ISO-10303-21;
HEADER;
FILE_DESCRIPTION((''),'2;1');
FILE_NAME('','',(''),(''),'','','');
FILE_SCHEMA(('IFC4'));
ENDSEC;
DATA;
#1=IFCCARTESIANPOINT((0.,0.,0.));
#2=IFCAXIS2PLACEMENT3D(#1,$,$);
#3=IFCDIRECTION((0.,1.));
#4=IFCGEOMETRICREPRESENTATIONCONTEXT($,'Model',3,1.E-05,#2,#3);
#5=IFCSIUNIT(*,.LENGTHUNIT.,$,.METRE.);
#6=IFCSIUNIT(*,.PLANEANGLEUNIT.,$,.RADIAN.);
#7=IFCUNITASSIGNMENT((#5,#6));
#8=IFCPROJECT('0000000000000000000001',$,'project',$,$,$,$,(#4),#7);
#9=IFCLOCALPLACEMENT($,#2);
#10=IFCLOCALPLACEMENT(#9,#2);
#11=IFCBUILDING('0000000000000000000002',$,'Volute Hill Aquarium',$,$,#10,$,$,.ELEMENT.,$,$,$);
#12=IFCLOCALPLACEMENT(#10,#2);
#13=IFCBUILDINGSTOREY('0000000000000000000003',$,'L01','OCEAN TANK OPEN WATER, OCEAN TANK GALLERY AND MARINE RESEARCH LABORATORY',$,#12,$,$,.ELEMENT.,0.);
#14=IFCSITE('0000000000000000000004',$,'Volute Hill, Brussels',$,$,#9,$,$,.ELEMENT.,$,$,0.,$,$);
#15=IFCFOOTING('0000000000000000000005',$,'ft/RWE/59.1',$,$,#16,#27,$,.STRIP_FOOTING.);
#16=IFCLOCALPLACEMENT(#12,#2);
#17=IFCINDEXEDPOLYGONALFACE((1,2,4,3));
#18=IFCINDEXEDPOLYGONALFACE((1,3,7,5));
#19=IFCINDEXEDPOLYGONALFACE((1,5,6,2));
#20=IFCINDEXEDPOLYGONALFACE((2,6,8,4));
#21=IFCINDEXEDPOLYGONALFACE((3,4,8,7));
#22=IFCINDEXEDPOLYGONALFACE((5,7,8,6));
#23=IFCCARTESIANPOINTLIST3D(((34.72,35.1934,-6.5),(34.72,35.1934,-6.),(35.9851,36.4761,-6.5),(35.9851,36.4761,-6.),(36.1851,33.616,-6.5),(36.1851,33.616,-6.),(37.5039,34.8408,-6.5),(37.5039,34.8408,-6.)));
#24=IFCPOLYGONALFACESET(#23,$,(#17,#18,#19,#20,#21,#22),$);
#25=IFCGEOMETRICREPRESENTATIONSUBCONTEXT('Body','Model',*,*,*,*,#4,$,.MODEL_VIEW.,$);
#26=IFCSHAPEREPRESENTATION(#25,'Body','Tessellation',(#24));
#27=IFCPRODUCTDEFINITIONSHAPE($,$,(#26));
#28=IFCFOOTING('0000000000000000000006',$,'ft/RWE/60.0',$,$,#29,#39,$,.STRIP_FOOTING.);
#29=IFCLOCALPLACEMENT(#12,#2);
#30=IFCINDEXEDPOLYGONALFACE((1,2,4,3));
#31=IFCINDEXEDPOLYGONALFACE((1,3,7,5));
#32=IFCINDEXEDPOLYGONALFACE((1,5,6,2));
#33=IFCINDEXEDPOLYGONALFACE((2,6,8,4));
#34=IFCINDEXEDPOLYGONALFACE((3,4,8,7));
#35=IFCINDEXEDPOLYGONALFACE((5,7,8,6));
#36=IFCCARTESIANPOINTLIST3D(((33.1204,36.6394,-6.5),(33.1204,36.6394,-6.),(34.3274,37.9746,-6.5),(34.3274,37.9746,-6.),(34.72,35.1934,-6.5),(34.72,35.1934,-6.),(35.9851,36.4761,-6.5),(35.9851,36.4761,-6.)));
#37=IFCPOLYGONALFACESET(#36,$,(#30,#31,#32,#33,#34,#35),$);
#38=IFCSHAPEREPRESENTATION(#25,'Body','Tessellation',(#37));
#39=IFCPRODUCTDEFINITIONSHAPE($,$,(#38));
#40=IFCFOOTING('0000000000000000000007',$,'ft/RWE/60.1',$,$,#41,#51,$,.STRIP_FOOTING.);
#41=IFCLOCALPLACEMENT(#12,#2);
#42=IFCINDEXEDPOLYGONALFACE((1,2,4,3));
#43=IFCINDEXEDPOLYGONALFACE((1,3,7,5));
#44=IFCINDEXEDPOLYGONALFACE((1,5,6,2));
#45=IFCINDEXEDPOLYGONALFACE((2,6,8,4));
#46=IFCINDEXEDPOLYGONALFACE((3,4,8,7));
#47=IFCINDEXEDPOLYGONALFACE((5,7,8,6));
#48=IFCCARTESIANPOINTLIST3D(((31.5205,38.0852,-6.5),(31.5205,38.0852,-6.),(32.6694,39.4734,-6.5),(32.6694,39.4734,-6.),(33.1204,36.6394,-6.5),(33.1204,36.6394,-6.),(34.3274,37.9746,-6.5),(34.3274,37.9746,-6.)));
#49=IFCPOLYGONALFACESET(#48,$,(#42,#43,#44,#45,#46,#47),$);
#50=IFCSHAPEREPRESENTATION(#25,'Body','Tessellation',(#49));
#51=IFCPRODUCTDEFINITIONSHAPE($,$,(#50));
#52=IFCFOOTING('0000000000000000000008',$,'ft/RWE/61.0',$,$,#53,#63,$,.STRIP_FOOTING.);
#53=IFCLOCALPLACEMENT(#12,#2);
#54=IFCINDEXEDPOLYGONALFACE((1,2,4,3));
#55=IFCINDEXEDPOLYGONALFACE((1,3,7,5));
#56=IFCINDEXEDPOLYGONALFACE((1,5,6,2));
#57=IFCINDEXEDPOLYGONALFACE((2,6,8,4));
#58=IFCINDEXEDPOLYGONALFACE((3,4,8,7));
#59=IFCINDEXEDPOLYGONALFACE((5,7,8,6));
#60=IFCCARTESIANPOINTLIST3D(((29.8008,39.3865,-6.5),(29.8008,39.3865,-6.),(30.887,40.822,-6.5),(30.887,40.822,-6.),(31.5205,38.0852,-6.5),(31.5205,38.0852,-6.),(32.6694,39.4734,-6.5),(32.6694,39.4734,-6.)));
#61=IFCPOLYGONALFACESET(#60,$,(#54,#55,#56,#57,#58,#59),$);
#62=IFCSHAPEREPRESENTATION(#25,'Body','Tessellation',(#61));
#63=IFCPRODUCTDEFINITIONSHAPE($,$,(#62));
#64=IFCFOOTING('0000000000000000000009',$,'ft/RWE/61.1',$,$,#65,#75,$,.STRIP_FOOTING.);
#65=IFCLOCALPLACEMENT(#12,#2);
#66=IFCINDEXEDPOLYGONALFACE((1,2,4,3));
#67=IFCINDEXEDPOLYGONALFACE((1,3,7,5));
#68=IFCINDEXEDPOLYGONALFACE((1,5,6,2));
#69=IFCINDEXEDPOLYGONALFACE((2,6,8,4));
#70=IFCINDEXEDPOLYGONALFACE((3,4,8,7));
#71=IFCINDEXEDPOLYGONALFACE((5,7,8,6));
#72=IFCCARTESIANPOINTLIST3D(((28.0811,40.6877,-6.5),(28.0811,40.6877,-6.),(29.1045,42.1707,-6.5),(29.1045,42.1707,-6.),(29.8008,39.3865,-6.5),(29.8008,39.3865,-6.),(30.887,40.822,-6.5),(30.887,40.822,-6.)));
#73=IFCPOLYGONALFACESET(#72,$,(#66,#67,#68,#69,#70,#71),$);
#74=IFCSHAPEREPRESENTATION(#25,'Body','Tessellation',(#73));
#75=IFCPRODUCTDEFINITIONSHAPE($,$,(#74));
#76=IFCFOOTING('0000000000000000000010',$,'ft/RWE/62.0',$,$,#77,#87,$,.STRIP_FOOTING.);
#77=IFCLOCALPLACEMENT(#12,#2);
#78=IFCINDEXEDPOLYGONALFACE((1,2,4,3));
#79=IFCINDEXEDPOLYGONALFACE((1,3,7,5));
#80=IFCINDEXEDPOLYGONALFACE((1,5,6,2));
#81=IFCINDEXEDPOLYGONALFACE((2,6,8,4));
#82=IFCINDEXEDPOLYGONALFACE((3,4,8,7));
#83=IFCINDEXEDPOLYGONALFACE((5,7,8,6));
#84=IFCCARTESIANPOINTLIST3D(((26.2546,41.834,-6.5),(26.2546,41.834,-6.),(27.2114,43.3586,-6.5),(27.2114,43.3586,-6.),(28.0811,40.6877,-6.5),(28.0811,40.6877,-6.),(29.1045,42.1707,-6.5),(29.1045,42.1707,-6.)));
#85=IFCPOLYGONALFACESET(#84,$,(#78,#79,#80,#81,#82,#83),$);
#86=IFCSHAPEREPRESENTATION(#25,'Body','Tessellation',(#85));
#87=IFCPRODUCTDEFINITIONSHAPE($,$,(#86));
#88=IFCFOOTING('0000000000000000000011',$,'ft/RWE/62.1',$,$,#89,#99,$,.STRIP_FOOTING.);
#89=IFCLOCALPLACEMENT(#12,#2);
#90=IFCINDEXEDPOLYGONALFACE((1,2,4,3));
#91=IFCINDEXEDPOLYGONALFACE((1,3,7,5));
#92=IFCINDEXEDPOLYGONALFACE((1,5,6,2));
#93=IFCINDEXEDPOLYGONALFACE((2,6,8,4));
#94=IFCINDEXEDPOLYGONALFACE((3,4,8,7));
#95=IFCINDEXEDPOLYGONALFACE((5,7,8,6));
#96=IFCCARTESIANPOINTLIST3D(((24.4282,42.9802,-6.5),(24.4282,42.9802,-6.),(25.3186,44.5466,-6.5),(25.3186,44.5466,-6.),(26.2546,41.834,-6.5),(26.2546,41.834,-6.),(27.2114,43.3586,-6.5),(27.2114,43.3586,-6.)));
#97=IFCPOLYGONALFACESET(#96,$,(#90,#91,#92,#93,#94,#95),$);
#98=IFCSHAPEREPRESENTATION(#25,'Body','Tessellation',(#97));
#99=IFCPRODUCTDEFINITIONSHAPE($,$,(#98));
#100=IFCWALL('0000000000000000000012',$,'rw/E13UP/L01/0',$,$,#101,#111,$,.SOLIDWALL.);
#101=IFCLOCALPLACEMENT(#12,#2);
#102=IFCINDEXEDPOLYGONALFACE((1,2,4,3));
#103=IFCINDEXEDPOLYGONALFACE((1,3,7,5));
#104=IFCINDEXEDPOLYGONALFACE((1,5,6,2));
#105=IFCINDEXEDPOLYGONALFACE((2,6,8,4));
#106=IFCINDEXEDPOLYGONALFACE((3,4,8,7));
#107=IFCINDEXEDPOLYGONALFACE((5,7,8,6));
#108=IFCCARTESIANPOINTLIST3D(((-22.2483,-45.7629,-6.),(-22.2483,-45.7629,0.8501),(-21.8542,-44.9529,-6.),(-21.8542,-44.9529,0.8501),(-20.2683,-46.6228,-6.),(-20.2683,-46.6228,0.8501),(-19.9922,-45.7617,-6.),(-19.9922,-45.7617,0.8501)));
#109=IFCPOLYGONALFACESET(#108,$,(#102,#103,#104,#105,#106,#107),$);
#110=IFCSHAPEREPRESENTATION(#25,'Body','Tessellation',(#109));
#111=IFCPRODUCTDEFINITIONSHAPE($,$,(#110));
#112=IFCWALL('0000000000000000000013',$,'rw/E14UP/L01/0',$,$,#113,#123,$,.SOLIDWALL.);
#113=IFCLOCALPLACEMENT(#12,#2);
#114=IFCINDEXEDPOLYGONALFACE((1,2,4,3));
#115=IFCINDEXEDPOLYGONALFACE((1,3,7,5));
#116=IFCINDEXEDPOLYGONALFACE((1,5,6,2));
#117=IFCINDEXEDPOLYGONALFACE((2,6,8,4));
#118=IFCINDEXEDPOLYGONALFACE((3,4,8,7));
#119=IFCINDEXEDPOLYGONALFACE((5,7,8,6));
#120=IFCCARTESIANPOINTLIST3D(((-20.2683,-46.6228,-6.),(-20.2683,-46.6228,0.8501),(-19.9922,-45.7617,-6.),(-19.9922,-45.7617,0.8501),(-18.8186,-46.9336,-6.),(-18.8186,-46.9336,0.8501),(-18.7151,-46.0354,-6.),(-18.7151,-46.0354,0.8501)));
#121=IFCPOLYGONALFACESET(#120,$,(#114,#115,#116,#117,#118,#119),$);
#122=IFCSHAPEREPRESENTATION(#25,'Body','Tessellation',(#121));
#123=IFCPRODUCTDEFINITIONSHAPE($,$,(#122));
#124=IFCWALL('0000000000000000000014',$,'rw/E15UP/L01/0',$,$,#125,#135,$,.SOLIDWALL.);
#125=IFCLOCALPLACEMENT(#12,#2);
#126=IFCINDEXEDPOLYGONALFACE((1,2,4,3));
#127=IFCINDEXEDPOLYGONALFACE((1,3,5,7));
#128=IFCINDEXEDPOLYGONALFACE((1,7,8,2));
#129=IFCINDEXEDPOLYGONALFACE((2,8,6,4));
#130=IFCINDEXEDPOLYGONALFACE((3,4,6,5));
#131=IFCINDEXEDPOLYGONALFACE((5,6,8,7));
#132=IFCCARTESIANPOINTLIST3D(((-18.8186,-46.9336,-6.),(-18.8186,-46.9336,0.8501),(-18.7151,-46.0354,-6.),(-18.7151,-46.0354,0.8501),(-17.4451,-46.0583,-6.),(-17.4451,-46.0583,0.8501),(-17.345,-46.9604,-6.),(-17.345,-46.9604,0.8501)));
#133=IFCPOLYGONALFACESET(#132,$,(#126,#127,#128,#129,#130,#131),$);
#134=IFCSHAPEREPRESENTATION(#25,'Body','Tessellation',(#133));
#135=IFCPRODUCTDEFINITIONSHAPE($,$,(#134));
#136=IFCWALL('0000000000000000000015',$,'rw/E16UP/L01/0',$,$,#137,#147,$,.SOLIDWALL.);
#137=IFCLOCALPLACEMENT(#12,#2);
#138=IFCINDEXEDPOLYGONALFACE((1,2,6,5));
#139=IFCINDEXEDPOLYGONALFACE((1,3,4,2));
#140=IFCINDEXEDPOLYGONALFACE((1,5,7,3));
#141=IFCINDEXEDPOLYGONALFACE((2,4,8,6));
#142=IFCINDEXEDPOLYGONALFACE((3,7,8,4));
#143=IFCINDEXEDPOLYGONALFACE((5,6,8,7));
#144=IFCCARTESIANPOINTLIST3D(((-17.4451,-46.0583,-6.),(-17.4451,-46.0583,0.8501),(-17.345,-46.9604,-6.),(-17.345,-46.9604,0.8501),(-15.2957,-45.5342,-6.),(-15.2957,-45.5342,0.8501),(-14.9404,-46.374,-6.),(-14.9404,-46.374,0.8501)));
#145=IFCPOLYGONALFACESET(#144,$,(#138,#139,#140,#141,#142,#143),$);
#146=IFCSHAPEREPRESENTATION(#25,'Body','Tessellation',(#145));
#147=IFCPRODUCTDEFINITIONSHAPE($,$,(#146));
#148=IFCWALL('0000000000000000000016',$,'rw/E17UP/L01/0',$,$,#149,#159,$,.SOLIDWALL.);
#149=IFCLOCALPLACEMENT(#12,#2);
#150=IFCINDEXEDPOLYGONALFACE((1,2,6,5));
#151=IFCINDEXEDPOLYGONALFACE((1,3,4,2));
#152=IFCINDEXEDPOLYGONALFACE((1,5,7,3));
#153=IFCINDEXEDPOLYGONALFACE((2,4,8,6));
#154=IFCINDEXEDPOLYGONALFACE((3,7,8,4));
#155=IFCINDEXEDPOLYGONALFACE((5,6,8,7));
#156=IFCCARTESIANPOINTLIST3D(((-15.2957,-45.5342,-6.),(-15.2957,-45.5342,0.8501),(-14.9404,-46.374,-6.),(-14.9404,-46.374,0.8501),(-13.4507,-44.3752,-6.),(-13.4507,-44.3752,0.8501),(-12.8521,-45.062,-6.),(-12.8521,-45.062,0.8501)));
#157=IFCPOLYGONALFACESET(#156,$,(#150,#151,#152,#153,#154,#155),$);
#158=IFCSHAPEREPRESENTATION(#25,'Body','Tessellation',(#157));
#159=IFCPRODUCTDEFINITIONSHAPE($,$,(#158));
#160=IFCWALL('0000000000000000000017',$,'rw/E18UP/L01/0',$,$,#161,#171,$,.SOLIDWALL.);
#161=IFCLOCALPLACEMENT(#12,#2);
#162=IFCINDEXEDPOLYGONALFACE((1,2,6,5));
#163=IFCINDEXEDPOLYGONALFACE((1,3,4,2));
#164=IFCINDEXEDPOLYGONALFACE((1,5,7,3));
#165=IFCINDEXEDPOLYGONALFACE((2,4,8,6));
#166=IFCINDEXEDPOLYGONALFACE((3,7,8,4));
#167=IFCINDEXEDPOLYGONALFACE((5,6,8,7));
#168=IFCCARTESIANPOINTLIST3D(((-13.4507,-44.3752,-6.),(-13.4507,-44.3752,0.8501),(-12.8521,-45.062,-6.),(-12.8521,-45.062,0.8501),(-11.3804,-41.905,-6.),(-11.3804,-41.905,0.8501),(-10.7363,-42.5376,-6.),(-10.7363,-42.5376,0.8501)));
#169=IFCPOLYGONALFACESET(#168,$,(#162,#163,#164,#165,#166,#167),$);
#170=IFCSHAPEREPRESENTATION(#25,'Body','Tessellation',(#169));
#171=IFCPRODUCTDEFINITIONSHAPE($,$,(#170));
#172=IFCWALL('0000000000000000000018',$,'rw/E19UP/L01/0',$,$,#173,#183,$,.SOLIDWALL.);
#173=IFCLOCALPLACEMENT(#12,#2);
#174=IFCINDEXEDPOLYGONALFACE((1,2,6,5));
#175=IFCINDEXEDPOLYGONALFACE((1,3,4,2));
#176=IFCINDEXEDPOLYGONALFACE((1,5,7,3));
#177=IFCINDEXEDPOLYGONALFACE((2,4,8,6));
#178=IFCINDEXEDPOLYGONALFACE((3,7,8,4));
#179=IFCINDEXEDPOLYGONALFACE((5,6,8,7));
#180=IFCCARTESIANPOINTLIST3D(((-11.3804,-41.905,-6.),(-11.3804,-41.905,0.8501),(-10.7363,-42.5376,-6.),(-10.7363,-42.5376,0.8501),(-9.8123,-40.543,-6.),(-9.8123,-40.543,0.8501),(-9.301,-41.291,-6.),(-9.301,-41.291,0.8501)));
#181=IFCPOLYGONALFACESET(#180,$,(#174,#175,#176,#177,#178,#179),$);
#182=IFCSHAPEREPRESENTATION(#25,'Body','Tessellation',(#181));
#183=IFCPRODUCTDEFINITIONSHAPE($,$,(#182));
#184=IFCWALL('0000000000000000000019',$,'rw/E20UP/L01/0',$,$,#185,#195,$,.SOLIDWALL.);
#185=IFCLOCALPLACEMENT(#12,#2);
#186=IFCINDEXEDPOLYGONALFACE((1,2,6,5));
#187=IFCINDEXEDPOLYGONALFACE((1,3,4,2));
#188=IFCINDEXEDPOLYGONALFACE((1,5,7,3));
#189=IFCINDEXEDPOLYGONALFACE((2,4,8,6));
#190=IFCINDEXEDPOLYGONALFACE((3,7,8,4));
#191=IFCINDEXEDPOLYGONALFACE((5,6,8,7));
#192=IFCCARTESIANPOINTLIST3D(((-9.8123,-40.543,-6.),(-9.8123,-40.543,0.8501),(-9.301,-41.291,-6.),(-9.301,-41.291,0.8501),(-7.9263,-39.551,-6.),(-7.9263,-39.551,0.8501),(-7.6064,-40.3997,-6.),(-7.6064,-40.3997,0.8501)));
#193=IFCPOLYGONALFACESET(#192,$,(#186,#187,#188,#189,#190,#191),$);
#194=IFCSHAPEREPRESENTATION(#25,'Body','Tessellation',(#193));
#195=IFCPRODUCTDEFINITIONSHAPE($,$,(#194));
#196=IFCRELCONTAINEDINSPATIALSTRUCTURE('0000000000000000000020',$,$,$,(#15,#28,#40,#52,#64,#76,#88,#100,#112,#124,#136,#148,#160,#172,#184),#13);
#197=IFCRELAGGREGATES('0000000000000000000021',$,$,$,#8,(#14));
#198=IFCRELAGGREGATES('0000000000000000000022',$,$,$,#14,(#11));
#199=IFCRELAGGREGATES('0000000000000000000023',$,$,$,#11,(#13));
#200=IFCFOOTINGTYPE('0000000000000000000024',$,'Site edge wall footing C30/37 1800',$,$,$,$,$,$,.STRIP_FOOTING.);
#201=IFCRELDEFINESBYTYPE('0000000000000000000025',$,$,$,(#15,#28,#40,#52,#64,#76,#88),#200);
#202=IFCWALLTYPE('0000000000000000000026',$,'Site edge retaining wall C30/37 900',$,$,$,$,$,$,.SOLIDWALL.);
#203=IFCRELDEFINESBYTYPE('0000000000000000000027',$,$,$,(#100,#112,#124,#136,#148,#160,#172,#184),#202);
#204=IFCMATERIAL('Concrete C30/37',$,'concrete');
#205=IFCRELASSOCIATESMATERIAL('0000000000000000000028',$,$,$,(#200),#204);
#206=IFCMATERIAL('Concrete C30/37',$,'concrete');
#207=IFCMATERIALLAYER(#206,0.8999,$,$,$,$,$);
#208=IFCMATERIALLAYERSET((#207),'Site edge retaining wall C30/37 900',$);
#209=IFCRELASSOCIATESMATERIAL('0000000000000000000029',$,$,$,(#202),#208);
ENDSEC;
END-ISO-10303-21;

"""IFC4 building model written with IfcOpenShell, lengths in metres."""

from ifc_helpers import new_model, si_unit, direction, frame, origin, place, context, subcontext, project, spatial, polyline, outline, extrude, material, layer, layer_set, type_object, element, save


model = new_model("IFC4")

# Units and contexts
model_context = context("Model", 3, precision=1e-05, world=origin(), true_north=direction((0.0, 1.0)))
body_context = subcontext(model_context, "Body", "Model", "MODEL_VIEW")
ifc_project = project(units=[si_unit("LENGTHUNIT", "METRE"), si_unit("PLANEANGLEUNIT", "RADIAN")], contexts=[model_context])

# Site, building, storey
site_placement = place(None, origin())
site = spatial("IfcSite", under=ifc_project, at=site_placement, Name="Volute Hill, Brussels", CompositionType="ELEMENT", RefElevation=0.0)
building_placement = place(site_placement, origin())
building = spatial("IfcBuilding", under=site, at=building_placement, Name="Volute Hill Aquarium", CompositionType="ELEMENT")
storey_placement = place(building_placement, origin())
storey = spatial("IfcBuildingStorey", under=building, at=storey_placement, Name="L01", Description="OCEAN TANK OPEN WATER, OCEAN TANK GALLERY AND MARINE RESEARCH LABORATORY", CompositionType="ELEMENT", Elevation=0.0)

# Footings
ifc_material_1 = material(Name="Concrete C30/37", Category="concrete")
footing_type = type_object("IfcFootingType", Name="Site edge wall footing C30/37 1800", PredefinedType="STRIP_FOOTING", material=ifc_material_1)
footing_1_placement = place(storey_placement, frame((0.0, 0.0, -6.5)))
element("IfcFooting", 1, at=footing_1_placement, inside=storey, type_object=footing_type, Name="ft/RWE/59.1", PredefinedType="STRIP_FOOTING", context=body_context, shape_type="SweptSolid", body=[
    extrude(outline(polyline([(37.5039, 34.8408), (35.9851, 36.4761), (34.72, 35.1934), (36.1851, 33.616), (37.5039, 34.8408)])), origin(), (0.0, 0.0, 1.0), 0.5),
])
footing_2_placement = place(storey_placement, frame((0.0, 0.0, -6.5)))
element("IfcFooting", 2, at=footing_2_placement, inside=storey, type_object=footing_type, Name="ft/RWE/60.0", PredefinedType="STRIP_FOOTING", context=body_context, shape_type="SweptSolid", body=[
    extrude(outline(polyline([(35.9851, 36.4761), (34.3274, 37.9746), (33.1204, 36.6394), (34.72, 35.1934), (34.72, 35.1934), (35.9851, 36.4761), (35.9851, 36.4761)])), origin(), (0.0, 0.0, 1.0), 0.5),
])
footing_3_placement = place(storey_placement, frame((0.0, 0.0, -6.5)))
element("IfcFooting", 3, at=footing_3_placement, inside=storey, type_object=footing_type, Name="ft/RWE/60.1", PredefinedType="STRIP_FOOTING", context=body_context, shape_type="SweptSolid", body=[
    extrude(outline(polyline([(32.6694, 39.4734), (32.6694, 39.4734), (31.5205, 38.0852), (31.5205, 38.0852), (33.1204, 36.6394), (34.3274, 37.9746), (32.6694, 39.4734)])), origin(), (0.0, 0.0, 1.0), 0.5),
])
footing_4_placement = place(storey_placement, frame((0.0, 0.0, -6.5)))
element("IfcFooting", 4, at=footing_4_placement, inside=storey, type_object=footing_type, Name="ft/RWE/61.0", PredefinedType="STRIP_FOOTING", context=body_context, shape_type="SweptSolid", body=[
    extrude(outline(polyline([(32.6694, 39.4734), (30.887, 40.822), (29.8008, 39.3865), (31.5205, 38.0852), (32.6694, 39.4734)])), origin(), (0.0, 0.0, 1.0), 0.5),
])
footing_5_placement = place(storey_placement, frame((0.0, 0.0, -6.5)))
element("IfcFooting", 5, at=footing_5_placement, inside=storey, type_object=footing_type, Name="ft/RWE/61.1", PredefinedType="STRIP_FOOTING", context=body_context, shape_type="SweptSolid", body=[
    extrude(outline(polyline([(29.1045, 42.1707), (29.1045, 42.1707), (28.0811, 40.6877), (28.0811, 40.6877), (29.8008, 39.3865), (30.887, 40.822), (29.1045, 42.1707)])), origin(), (0.0, 0.0, 1.0), 0.5),
])
footing_6_placement = place(storey_placement, frame((0.0, 0.0, -6.5)))
element("IfcFooting", 6, at=footing_6_placement, inside=storey, type_object=footing_type, Name="ft/RWE/62.0", PredefinedType="STRIP_FOOTING", context=body_context, shape_type="SweptSolid", body=[
    extrude(outline(polyline([(29.1045, 42.1707), (27.2114, 43.3586), (26.2546, 41.834), (28.0811, 40.6877), (29.1045, 42.1707)])), origin(), (0.0, 0.0, 1.0), 0.5),
])
footing_7_placement = place(storey_placement, frame((0.0, 0.0, -6.5)))
element("IfcFooting", 7, at=footing_7_placement, inside=storey, type_object=footing_type, Name="ft/RWE/62.1", PredefinedType="STRIP_FOOTING", context=body_context, shape_type="SweptSolid", body=[
    extrude(outline(polyline([(27.2114, 43.3586), (25.3186, 44.5466), (24.4282, 42.9802), (24.4282, 42.9802), (26.2546, 41.834), (27.2114, 43.3586)])), origin(), (0.0, 0.0, 1.0), 0.5),
])

# Walls
ifc_material_2 = material(Name="Concrete C30/37", Category="concrete")
ifc_layer = layer(ifc_material_2, 0.8999)
ifc_layer_set = layer_set([ifc_layer], Name="Site edge retaining wall C30/37 900")
wall_type = type_object("IfcWallType", Name="Site edge retaining wall C30/37 900", PredefinedType="SOLIDWALL", material=ifc_layer_set)
wall_1_placement = place(storey_placement, frame((0.0, 0.0, -6.0)))
element("IfcWall", 8, at=wall_1_placement, inside=storey, type_object=wall_type, Name="rw/E13UP/L01/0", PredefinedType="SOLIDWALL", context=body_context, shape_type="SweptSolid", body=[
    extrude(outline(polyline([(-22.2483, -45.7629), (-20.2683, -46.6228), (-19.9922, -45.7617), (-21.8542, -44.9529), (-22.2483, -45.7629)])), origin(), (0.0, 0.0, 1.0), 6.8501),
])
wall_2_placement = place(storey_placement, frame((0.0, 0.0, -6.0)))
element("IfcWall", 9, at=wall_2_placement, inside=storey, type_object=wall_type, Name="rw/E14UP/L01/0", PredefinedType="SOLIDWALL", context=body_context, shape_type="SweptSolid", body=[
    extrude(outline(polyline([(-20.2683, -46.6228), (-18.8186, -46.9336), (-18.7151, -46.0354), (-18.7151, -46.0354), (-19.9922, -45.7617), (-19.9922, -45.7617), (-20.2683, -46.6228), (-20.2683, -46.6228)])), origin(), (0.0, 0.0, 1.0), 6.8501),
])
wall_3_placement = place(storey_placement, frame((0.0, 0.0, -6.0)))
element("IfcWall", 10, at=wall_3_placement, inside=storey, type_object=wall_type, Name="rw/E15UP/L01/0", PredefinedType="SOLIDWALL", context=body_context, shape_type="SweptSolid", body=[
    extrude(outline(polyline([(-18.8186, -46.9336), (-17.345, -46.9604), (-17.4451, -46.0583), (-18.7151, -46.0354), (-18.8186, -46.9336), (-18.8186, -46.9336)])), origin(), (0.0, 0.0, 1.0), 6.8501),
])
wall_4_placement = place(storey_placement, frame((0.0, 0.0, -6.0)))
element("IfcWall", 11, at=wall_4_placement, inside=storey, type_object=wall_type, Name="rw/E16UP/L01/0", PredefinedType="SOLIDWALL", context=body_context, shape_type="SweptSolid", body=[
    extrude(outline(polyline([(-17.345, -46.9604), (-14.9404, -46.374), (-15.2957, -45.5342), (-17.4451, -46.0583), (-17.4451, -46.0583), (-17.345, -46.9604), (-17.345, -46.9604)])), origin(), (0.0, 0.0, 1.0), 6.8501),
])
wall_5_placement = place(storey_placement, frame((0.0, 0.0, -6.0)))
element("IfcWall", 12, at=wall_5_placement, inside=storey, type_object=wall_type, Name="rw/E17UP/L01/0", PredefinedType="SOLIDWALL", context=body_context, shape_type="SweptSolid", body=[
    extrude(outline(polyline([(-12.8521, -45.062), (-12.8521, -45.062), (-13.4507, -44.3752), (-13.4507, -44.3752), (-15.2957, -45.5342), (-14.9404, -46.374), (-14.9404, -46.374), (-12.8521, -45.062)])), origin(), (0.0, 0.0, 1.0), 6.8501),
])
wall_6_placement = place(storey_placement, frame((0.0, 0.0, -6.0)))
element("IfcWall", 13, at=wall_6_placement, inside=storey, type_object=wall_type, Name="rw/E18UP/L01/0", PredefinedType="SOLIDWALL", context=body_context, shape_type="SweptSolid", body=[
    extrude(outline(polyline([(-10.7363, -42.5376), (-10.7363, -42.5376), (-11.3804, -41.905), (-11.3804, -41.905), (-13.4507, -44.3752), (-12.8521, -45.062), (-10.7363, -42.5376)])), origin(), (0.0, 0.0, 1.0), 6.8501),
])
wall_7_placement = place(storey_placement, frame((0.0, 0.0, -6.0)))
element("IfcWall", 14, at=wall_7_placement, inside=storey, type_object=wall_type, Name="rw/E19UP/L01/0", PredefinedType="SOLIDWALL", context=body_context, shape_type="SweptSolid", body=[
    extrude(outline(polyline([(-10.7363, -42.5376), (-9.301, -41.291), (-9.8123, -40.543), (-9.8123, -40.543), (-11.3804, -41.905), (-10.7363, -42.5376)])), origin(), (0.0, 0.0, 1.0), 6.8501),
])
wall_8_placement = place(storey_placement, frame((0.0, 0.0, -6.0)))
element("IfcWall", 15, at=wall_8_placement, inside=storey, type_object=wall_type, Name="rw/E20UP/L01/0", PredefinedType="SOLIDWALL", context=body_context, shape_type="SweptSolid", body=[
    extrude(outline(polyline([(-9.301, -41.291), (-7.6064, -40.3997), (-7.9263, -39.551), (-9.8123, -40.543), (-9.301, -41.291), (-9.301, -41.291)])), origin(), (0.0, 0.0, 1.0), 6.8501),
])

save(model, "model.ifc")
